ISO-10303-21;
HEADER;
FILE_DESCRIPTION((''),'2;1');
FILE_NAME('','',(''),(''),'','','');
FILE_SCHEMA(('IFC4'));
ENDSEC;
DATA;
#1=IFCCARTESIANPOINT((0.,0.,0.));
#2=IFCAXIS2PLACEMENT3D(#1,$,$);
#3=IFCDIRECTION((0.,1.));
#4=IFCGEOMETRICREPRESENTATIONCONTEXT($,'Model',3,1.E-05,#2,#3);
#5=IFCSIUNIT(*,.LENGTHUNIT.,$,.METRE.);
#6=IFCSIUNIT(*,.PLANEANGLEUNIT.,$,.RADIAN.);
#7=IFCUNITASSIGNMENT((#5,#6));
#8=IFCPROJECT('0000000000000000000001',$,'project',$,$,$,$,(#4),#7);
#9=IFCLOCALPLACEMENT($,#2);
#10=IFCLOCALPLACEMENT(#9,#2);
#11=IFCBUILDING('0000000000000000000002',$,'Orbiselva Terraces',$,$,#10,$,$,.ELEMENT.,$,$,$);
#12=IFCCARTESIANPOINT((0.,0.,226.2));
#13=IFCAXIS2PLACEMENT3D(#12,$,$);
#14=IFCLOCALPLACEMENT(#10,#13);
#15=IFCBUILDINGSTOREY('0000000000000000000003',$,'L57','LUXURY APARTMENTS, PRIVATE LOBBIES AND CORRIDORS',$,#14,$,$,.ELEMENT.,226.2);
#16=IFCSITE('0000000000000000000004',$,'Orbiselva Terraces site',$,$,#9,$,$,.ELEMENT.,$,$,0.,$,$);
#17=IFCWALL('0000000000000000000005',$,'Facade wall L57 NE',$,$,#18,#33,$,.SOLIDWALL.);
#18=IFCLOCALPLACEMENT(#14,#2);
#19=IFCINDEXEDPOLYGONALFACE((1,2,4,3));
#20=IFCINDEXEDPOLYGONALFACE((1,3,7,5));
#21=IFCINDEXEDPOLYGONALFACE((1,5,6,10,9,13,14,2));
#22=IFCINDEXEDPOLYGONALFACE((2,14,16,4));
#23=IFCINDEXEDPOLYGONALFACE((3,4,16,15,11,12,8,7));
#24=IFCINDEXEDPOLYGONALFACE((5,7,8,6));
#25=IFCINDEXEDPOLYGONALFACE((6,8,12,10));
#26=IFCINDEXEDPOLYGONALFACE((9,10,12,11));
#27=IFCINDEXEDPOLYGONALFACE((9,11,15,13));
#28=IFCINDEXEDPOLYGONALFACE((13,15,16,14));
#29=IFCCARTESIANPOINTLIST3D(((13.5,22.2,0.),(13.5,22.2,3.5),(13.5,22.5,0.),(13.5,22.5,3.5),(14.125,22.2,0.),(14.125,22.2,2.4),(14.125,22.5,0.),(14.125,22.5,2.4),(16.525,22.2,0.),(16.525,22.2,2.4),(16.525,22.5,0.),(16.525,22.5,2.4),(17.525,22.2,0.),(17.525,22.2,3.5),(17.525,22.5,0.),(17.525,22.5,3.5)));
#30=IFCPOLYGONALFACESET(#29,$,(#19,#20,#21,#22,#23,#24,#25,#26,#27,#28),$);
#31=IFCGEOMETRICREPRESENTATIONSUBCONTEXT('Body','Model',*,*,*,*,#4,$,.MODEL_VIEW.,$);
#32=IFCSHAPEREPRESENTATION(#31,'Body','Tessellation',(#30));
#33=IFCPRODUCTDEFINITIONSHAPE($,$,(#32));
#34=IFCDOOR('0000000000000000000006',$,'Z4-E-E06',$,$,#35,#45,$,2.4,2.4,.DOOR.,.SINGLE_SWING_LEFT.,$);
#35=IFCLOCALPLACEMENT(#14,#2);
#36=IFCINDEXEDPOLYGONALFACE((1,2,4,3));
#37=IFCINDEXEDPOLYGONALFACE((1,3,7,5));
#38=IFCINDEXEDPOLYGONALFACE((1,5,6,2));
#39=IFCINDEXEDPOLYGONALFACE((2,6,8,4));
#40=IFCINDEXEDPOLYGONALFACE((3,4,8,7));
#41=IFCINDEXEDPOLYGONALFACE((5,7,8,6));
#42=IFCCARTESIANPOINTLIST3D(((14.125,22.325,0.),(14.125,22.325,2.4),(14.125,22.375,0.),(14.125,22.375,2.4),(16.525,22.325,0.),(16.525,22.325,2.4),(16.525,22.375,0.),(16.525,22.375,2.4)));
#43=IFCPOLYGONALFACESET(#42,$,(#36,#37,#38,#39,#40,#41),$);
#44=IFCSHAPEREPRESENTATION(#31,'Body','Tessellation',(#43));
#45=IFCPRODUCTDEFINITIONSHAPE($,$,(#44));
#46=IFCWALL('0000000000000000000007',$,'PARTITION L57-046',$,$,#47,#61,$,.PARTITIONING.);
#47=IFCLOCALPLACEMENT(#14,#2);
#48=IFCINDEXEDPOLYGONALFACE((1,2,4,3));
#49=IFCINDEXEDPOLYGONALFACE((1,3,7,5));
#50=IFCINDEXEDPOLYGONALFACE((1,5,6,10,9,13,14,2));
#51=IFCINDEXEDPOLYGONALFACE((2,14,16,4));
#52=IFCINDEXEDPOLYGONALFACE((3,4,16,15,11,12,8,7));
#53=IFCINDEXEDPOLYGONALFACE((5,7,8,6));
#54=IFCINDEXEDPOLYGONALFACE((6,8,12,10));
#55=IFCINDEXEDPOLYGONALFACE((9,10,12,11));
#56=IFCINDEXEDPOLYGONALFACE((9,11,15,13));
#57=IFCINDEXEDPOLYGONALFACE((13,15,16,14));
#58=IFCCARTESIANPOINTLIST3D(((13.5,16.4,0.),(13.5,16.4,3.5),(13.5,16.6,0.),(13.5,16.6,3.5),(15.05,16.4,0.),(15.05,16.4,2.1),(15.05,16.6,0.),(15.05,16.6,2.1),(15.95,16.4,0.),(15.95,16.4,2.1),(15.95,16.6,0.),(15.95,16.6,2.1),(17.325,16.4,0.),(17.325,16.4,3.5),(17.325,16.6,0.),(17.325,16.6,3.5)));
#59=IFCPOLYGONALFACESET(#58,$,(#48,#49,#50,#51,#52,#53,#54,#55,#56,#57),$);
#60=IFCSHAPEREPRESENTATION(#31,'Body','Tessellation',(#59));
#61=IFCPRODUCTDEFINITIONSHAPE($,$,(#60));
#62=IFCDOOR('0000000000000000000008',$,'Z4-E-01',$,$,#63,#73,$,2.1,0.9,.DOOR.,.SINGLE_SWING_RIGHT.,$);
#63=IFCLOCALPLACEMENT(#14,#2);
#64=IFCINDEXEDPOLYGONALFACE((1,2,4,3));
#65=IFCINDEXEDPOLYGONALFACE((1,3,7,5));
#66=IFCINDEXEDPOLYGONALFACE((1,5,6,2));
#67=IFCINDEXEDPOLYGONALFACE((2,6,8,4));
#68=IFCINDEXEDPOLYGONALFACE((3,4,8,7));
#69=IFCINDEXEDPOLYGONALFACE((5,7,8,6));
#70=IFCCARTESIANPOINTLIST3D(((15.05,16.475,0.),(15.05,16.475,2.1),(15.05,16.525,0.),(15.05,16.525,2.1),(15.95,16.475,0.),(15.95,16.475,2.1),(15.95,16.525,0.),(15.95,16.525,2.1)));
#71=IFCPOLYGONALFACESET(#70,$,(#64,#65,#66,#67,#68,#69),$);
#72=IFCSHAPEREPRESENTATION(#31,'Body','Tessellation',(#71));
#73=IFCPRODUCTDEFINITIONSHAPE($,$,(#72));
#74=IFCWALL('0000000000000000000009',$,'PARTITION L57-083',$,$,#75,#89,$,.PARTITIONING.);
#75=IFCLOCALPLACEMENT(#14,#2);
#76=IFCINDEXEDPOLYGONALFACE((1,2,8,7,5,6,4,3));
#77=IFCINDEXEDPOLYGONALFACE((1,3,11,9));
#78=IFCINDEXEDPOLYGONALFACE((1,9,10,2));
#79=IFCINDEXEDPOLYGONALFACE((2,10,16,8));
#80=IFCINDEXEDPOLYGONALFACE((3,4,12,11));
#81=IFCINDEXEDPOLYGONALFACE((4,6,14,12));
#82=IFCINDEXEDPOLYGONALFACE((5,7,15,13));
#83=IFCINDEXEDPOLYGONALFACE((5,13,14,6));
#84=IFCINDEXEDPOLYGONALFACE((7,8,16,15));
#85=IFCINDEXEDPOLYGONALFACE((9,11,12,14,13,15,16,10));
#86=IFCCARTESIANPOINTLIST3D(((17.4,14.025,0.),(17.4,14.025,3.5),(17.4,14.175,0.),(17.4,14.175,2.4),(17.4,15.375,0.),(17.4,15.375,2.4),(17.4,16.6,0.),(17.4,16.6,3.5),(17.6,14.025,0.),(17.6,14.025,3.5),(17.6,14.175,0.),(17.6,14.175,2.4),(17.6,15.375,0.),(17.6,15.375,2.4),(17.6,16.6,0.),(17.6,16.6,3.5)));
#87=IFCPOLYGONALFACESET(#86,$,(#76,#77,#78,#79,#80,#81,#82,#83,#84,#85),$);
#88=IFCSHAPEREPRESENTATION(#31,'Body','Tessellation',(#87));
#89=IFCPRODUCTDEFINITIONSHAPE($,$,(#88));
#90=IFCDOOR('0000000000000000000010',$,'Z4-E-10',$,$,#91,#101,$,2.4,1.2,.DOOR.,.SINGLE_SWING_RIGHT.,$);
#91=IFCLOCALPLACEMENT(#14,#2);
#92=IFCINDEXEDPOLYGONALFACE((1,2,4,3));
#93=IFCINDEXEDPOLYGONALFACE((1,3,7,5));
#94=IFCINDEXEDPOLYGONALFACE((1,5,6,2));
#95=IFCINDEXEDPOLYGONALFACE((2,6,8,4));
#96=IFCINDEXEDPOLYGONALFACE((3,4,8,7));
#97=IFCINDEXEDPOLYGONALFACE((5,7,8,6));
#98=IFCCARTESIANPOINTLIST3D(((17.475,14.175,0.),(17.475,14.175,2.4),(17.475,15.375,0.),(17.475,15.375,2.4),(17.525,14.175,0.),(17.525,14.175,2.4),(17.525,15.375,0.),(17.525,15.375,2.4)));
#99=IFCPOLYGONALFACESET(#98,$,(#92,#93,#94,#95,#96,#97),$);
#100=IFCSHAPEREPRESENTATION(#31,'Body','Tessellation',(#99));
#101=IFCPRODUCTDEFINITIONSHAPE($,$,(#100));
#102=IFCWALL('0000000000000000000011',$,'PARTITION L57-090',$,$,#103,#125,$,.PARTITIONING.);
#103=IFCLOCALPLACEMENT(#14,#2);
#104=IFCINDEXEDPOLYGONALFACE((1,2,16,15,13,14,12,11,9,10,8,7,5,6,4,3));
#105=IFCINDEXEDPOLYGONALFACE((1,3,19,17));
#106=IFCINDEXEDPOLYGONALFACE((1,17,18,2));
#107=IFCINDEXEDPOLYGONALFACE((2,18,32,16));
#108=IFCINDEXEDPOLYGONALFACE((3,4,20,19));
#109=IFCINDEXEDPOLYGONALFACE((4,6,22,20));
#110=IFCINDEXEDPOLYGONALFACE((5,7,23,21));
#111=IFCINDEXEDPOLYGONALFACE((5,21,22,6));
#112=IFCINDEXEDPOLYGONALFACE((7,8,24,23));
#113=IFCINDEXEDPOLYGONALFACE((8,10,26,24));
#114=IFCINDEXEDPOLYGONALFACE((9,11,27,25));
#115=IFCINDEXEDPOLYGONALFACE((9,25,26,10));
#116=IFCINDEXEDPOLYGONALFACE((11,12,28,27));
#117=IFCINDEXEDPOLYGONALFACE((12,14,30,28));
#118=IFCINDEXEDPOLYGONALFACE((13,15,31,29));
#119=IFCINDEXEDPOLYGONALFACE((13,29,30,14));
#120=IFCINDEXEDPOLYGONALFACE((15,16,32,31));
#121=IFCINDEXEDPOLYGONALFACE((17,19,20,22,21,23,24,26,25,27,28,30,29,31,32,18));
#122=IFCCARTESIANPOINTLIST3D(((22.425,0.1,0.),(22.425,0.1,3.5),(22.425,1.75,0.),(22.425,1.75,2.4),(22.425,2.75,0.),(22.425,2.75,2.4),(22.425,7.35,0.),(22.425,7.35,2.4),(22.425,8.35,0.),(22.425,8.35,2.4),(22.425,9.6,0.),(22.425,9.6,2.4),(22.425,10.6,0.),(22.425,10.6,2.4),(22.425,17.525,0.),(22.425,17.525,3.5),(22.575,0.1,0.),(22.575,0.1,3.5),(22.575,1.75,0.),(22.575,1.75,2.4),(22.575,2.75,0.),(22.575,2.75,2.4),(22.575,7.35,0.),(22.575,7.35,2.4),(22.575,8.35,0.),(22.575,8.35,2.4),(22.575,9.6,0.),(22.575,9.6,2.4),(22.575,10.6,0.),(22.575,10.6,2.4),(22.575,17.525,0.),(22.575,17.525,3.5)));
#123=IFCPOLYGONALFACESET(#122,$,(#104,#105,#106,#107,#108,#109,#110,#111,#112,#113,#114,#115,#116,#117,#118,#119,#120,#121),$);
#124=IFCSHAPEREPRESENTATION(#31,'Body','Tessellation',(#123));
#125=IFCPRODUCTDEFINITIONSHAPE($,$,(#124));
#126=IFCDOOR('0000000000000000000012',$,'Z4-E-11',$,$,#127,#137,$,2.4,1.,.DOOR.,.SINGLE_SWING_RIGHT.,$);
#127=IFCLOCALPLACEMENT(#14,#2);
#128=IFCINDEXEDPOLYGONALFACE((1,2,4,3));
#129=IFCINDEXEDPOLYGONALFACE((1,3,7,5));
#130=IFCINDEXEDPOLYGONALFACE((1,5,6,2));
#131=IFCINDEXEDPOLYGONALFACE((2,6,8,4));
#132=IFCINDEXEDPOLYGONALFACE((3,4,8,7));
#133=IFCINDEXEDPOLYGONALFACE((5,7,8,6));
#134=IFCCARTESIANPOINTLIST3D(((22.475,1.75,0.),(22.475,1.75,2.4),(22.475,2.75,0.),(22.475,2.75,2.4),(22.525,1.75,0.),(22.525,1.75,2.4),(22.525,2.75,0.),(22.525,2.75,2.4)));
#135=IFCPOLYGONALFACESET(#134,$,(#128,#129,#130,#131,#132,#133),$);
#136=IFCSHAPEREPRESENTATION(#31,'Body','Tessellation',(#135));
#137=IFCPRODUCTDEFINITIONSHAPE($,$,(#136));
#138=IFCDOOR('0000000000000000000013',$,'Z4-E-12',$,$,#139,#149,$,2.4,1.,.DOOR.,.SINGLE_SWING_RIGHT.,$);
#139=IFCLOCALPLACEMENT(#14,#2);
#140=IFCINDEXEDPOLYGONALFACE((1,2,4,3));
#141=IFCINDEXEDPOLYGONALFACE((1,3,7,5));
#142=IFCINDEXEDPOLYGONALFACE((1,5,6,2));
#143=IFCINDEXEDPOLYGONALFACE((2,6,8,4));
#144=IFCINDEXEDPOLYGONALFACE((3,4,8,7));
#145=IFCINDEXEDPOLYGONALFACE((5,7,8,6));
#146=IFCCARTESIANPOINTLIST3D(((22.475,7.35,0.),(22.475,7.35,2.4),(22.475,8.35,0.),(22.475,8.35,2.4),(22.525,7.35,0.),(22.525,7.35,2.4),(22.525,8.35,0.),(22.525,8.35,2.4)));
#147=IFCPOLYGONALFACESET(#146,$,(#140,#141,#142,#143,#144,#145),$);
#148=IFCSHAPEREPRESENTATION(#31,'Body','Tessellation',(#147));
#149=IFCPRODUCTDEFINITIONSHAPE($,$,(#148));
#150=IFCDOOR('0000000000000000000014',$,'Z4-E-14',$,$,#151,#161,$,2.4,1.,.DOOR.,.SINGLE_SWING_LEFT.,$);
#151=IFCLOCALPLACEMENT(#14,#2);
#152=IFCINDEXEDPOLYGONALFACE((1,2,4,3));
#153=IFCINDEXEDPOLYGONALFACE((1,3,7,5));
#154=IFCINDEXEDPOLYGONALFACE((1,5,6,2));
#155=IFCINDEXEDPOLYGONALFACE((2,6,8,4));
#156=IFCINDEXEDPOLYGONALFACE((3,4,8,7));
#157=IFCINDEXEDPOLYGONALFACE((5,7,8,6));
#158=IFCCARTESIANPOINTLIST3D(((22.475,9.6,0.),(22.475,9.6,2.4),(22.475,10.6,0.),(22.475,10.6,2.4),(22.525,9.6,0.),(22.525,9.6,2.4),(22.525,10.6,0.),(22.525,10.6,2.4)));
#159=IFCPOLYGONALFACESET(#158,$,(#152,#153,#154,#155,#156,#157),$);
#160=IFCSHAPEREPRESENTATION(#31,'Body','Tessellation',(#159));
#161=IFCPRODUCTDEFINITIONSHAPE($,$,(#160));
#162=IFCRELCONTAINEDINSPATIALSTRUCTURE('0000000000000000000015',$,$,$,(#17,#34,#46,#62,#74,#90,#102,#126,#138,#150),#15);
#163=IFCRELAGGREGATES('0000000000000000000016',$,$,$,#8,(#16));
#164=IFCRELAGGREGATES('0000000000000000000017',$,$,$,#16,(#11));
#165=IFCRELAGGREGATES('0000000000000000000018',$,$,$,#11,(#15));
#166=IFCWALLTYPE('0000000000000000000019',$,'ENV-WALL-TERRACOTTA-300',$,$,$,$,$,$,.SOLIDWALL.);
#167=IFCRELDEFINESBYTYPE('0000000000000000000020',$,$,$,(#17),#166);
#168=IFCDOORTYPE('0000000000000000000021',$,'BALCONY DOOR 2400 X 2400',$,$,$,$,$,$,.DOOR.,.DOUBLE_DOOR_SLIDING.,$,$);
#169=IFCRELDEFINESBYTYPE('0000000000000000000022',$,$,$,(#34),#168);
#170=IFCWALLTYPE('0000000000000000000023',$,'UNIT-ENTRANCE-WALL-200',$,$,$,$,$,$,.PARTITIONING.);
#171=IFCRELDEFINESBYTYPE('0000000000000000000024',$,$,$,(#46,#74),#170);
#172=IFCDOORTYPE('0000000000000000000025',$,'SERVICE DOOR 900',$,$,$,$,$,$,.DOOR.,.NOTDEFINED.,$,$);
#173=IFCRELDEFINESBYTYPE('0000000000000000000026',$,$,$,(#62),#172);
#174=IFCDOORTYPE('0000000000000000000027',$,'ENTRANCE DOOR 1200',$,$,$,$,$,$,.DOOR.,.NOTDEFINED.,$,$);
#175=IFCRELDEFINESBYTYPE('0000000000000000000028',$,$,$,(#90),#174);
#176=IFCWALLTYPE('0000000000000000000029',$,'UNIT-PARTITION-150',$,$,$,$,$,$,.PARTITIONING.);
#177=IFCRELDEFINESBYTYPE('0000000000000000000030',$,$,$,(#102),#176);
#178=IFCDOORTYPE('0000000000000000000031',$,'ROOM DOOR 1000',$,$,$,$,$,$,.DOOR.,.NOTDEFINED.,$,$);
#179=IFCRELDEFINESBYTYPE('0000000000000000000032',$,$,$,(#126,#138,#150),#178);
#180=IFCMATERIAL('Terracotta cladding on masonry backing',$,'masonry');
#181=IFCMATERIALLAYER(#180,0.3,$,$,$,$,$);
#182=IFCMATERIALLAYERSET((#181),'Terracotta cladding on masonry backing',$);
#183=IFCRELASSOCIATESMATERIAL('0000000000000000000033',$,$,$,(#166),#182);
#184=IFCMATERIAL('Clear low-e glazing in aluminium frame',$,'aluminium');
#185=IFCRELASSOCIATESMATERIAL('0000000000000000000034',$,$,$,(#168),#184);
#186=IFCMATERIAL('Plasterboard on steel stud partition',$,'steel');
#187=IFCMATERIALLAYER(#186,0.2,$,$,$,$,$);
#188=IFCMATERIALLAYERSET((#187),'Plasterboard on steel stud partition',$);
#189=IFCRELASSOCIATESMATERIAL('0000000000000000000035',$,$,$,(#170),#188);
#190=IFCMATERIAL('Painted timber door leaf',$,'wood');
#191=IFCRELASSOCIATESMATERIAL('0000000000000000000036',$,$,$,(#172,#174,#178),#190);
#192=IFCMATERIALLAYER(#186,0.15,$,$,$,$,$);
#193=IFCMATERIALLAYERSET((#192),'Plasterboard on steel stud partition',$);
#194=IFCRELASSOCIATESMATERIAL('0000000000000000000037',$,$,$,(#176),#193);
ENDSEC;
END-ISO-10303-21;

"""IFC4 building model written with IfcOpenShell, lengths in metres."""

from ifc_helpers import new_model, si_unit, direction, frame, frame_2d, origin, place, context, subcontext, project, spatial, rectangle, extrude, material, layer, layer_set, type_object, element, fill, save


model = new_model("IFC4")

# Units and contexts
model_context = context("Model", 3, precision=1e-05, world=origin(), true_north=direction((0.0, 1.0)))
body_context = subcontext(model_context, "Body", "Model", "MODEL_VIEW")
ifc_project = project(units=[si_unit("LENGTHUNIT", "METRE"), si_unit("PLANEANGLEUNIT", "RADIAN")], contexts=[model_context])

# Site, building, storey
site_placement = place(None, origin())
site = spatial("IfcSite", under=ifc_project, at=site_placement, Name="Orbiselva Terraces site", CompositionType="ELEMENT", RefElevation=0.0)
building_placement = place(site_placement, origin())
building = spatial("IfcBuilding", under=site, at=building_placement, Name="Orbiselva Terraces", CompositionType="ELEMENT")
storey_placement = place(building_placement, frame((0.0, 0.0, 226.2)))
storey = spatial("IfcBuildingStorey", under=building, at=storey_placement, Name="L57", Description="LUXURY APARTMENTS, PRIVATE LOBBIES AND CORRIDORS", CompositionType="ELEMENT", Elevation=226.2)

# Shared definitions
ifc_material_1 = material(Name="Terracotta cladding on masonry backing", Category="masonry")
ifc_layer_1 = layer(ifc_material_1, 0.3)
ifc_layer_set_1 = layer_set([ifc_layer_1], Name="Terracotta cladding on masonry backing")
wall_type_1 = type_object("IfcWallType", Name="ENV-WALL-TERRACOTTA-300", PredefinedType="SOLIDWALL", material=ifc_layer_set_1)
ifc_material_2 = material(Name="Clear low-e glazing in aluminium frame", Category="aluminium")

# Walls, openings, doors
wall_1_placement = place(storey_placement, frame((13.5, 22.35, 0.0), z_axis=(0.0, 0.0, 1.0), x_axis=(1.0, 0.0, 0.0)))
wall_1 = element("IfcWall", 1, at=wall_1_placement, inside=storey, type_object=wall_type_1, Name="Facade wall L57 NE", PredefinedType="SOLIDWALL", context=body_context, shape_type="SweptSolid", body=[
    extrude(rectangle(XDim=4.025, YDim=0.3, at=frame_2d((2.0125, 0.0))), origin(), (0.0, 0.0, 1.0), 3.5),
])
opening_1_placement = place(wall_1_placement, frame((0.625, 0.0, 0.0)))
opening_1 = element("IfcOpeningElement", 2, at=opening_1_placement, cuts=wall_1, PredefinedType="OPENING", context=body_context, shape_type="SweptSolid", body=[
    extrude(rectangle(XDim=2.4, YDim=2.4, at=frame_2d((1.2, 1.2))), frame((0.0, 0.16, 0.0), z_axis=(0.0, -1.0, 0.0), x_axis=(1.0, 0.0, 0.0)), (0.0, 0.0, 1.0), 0.32),
])
door_type_1 = type_object("IfcDoorType", Name="BALCONY DOOR 2400 X 2400", OperationType="DOUBLE_DOOR_SLIDING", PredefinedType="DOOR", material=ifc_material_2)
door_1_placement = place(opening_1_placement, origin())
door_1 = element("IfcDoor", 3, at=door_1_placement, inside=storey, type_object=door_type_1, Name="Z4-E-E06", OperationType="SINGLE_SWING_LEFT", OverallHeight=2.4, OverallWidth=2.4, PredefinedType="DOOR", context=body_context, shape_type="SweptSolid", body=[
    extrude(rectangle(XDim=2.4, YDim=2.4, at=frame_2d((1.2, 1.2))), frame((0.0, 0.025, 0.0), z_axis=(0.0, -1.0, 0.0), x_axis=(1.0, 0.0, 0.0)), (0.0, 0.0, 1.0), 0.05),
])
fill(opening_1, door_1)
ifc_material_3 = material(Name="Plasterboard on steel stud partition", Category="steel")
ifc_layer_2 = layer(ifc_material_3, 0.2)
ifc_layer_set_2 = layer_set([ifc_layer_2], Name="Plasterboard on steel stud partition")
wall_type_2 = type_object("IfcWallType", Name="UNIT-ENTRANCE-WALL-200", PredefinedType="PARTITIONING", material=ifc_layer_set_2)
wall_2_placement = place(storey_placement, frame((13.5, 16.5, 0.0), z_axis=(0.0, 0.0, 1.0), x_axis=(1.0, 0.0, 0.0)))
wall_2 = element("IfcWall", 4, at=wall_2_placement, inside=storey, type_object=wall_type_2, Name="PARTITION L57-046", PredefinedType="PARTITIONING", context=body_context, shape_type="SweptSolid", body=[
    extrude(rectangle(XDim=3.825, YDim=0.2, at=frame_2d((1.9125, 0.0))), origin(), (0.0, 0.0, 1.0), 3.5),
])
opening_2_placement = place(wall_2_placement, frame((1.55, 0.0, 0.0)))
opening_2 = element("IfcOpeningElement", 5, at=opening_2_placement, cuts=wall_2, PredefinedType="OPENING", context=body_context, shape_type="SweptSolid", body=[
    extrude(rectangle(XDim=0.9, YDim=2.1, at=frame_2d((0.45, 1.05))), frame((0.0, 0.11, 0.0), z_axis=(0.0, -1.0, 0.0), x_axis=(1.0, 0.0, 0.0)), (0.0, 0.0, 1.0), 0.22),
])
ifc_material_4 = material(Name="Painted timber door leaf", Category="wood")
door_type_2 = type_object("IfcDoorType", Name="SERVICE DOOR 900", OperationType="NOTDEFINED", PredefinedType="DOOR", material=ifc_material_4)
door_2_placement = place(opening_2_placement, origin())
door_2 = element("IfcDoor", 6, at=door_2_placement, inside=storey, type_object=door_type_2, Name="Z4-E-01", OperationType="SINGLE_SWING_RIGHT", OverallHeight=2.1, OverallWidth=0.9, PredefinedType="DOOR", context=body_context, shape_type="SweptSolid", body=[
    extrude(rectangle(XDim=0.9, YDim=2.1, at=frame_2d((0.45, 1.05))), frame((0.0, 0.025, 0.0), z_axis=(0.0, -1.0, 0.0), x_axis=(1.0, 0.0, 0.0)), (0.0, 0.0, 1.0), 0.05),
])
fill(opening_2, door_2)
wall_3_placement = place(storey_placement, frame((17.5, 16.6, 0.0), z_axis=(0.0, 0.0, 1.0), x_axis=(0.0, -1.0, 0.0)))
wall_3 = element("IfcWall", 7, at=wall_3_placement, inside=storey, type_object=wall_type_2, Name="PARTITION L57-083", PredefinedType="PARTITIONING", context=body_context, shape_type="SweptSolid", body=[
    extrude(rectangle(XDim=2.575, YDim=0.2, at=frame_2d((1.2875, 0.0))), origin(), (0.0, 0.0, 1.0), 3.5),
])
opening_3_placement = place(wall_3_placement, frame((1.225, 0.0, 0.0)))
opening_3 = element("IfcOpeningElement", 8, at=opening_3_placement, cuts=wall_3, PredefinedType="OPENING", context=body_context, shape_type="SweptSolid", body=[
    extrude(rectangle(XDim=1.2, YDim=2.4, at=frame_2d((0.6, 1.2))), frame((0.0, 0.11, 0.0), z_axis=(0.0, -1.0, 0.0), x_axis=(1.0, 0.0, 0.0)), (0.0, 0.0, 1.0), 0.22),
])
door_type_3 = type_object("IfcDoorType", Name="ENTRANCE DOOR 1200", OperationType="NOTDEFINED", PredefinedType="DOOR", material=ifc_material_4)
door_3_placement = place(opening_3_placement, origin())
door_3 = element("IfcDoor", 9, at=door_3_placement, inside=storey, type_object=door_type_3, Name="Z4-E-10", OperationType="SINGLE_SWING_RIGHT", OverallHeight=2.4, OverallWidth=1.2, PredefinedType="DOOR", context=body_context, shape_type="SweptSolid", body=[
    extrude(rectangle(XDim=1.2, YDim=2.4, at=frame_2d((0.6, 1.2))), frame((0.0, 0.025, 0.0), z_axis=(0.0, -1.0, 0.0), x_axis=(1.0, 0.0, 0.0)), (0.0, 0.0, 1.0), 0.05),
])
fill(opening_3, door_3)

# Wall, openings, doors
ifc_layer_3 = layer(ifc_material_3, 0.15)
ifc_layer_set_3 = layer_set([ifc_layer_3], Name="Plasterboard on steel stud partition")
wall_type_3 = type_object("IfcWallType", Name="UNIT-PARTITION-150", PredefinedType="PARTITIONING", material=ifc_layer_set_3)
wall_4_placement = place(storey_placement, frame((22.5, 17.525, 0.0), z_axis=(0.0, 0.0, 1.0), x_axis=(0.0, -1.0, 0.0)))
wall_4 = element("IfcWall", 10, at=wall_4_placement, inside=storey, type_object=wall_type_3, Name="PARTITION L57-090", PredefinedType="PARTITIONING", context=body_context, shape_type="SweptSolid", body=[
    extrude(rectangle(XDim=17.425, YDim=0.15, at=frame_2d((8.7125, 0.0))), origin(), (0.0, 0.0, 1.0), 3.5),
])
opening_4_placement = place(wall_4_placement, frame((14.775, 0.0, 0.0)))
opening_4 = element("IfcOpeningElement", 11, at=opening_4_placement, cuts=wall_4, PredefinedType="OPENING", context=body_context, shape_type="SweptSolid", body=[
    extrude(rectangle(XDim=1.0, YDim=2.4, at=frame_2d((0.5, 1.2))), frame((0.0, 0.085, 0.0), z_axis=(0.0, -1.0, 0.0), x_axis=(1.0, 0.0, 0.0)), (0.0, 0.0, 1.0), 0.17),
])
opening_5_placement = place(wall_4_placement, frame((9.175, 0.0, 0.0)))
opening_5 = element("IfcOpeningElement", 12, at=opening_5_placement, cuts=wall_4, PredefinedType="OPENING", context=body_context, shape_type="SweptSolid", body=[
    extrude(rectangle(XDim=1.0, YDim=2.4, at=frame_2d((0.5, 1.2))), frame((0.0, 0.085, 0.0), z_axis=(0.0, -1.0, 0.0), x_axis=(1.0, 0.0, 0.0)), (0.0, 0.0, 1.0), 0.17),
])
opening_6_placement = place(wall_4_placement, frame((6.925, 0.0, 0.0)))
opening_6 = element("IfcOpeningElement", 13, at=opening_6_placement, cuts=wall_4, PredefinedType="OPENING", context=body_context, shape_type="SweptSolid", body=[
    extrude(rectangle(XDim=1.0, YDim=2.4, at=frame_2d((0.5, 1.2))), frame((0.0, 0.085, 0.0), z_axis=(0.0, -1.0, 0.0), x_axis=(1.0, 0.0, 0.0)), (0.0, 0.0, 1.0), 0.17),
])
door_type_4 = type_object("IfcDoorType", Name="ROOM DOOR 1000", OperationType="NOTDEFINED", PredefinedType="DOOR", material=ifc_material_4)
door_4_placement = place(opening_4_placement, origin())
door_4 = element("IfcDoor", 14, at=door_4_placement, inside=storey, type_object=door_type_4, Name="Z4-E-11", OperationType="SINGLE_SWING_RIGHT", OverallHeight=2.4, OverallWidth=1.0, PredefinedType="DOOR", context=body_context, shape_type="SweptSolid", body=[
    extrude(rectangle(XDim=1.0, YDim=2.4, at=frame_2d((0.5, 1.2))), frame((0.0, 0.025, 0.0), z_axis=(0.0, -1.0, 0.0), x_axis=(1.0, 0.0, 0.0)), (0.0, 0.0, 1.0), 0.05),
])
fill(opening_4, door_4)
door_5_placement = place(opening_5_placement, origin())
door_5 = element("IfcDoor", 15, at=door_5_placement, inside=storey, type_object=door_type_4, Name="Z4-E-12", OperationType="SINGLE_SWING_RIGHT", OverallHeight=2.4, OverallWidth=1.0, PredefinedType="DOOR", context=body_context, shape_type="SweptSolid", body=[
    extrude(rectangle(XDim=1.0, YDim=2.4, at=frame_2d((0.5, 1.2))), frame((0.0, 0.025, 0.0), z_axis=(0.0, -1.0, 0.0), x_axis=(1.0, 0.0, 0.0)), (0.0, 0.0, 1.0), 0.05),
])
fill(opening_5, door_5)
door_6_placement = place(opening_6_placement, origin())
door_6 = element("IfcDoor", 16, at=door_6_placement, inside=storey, type_object=door_type_4, Name="Z4-E-14", OperationType="SINGLE_SWING_LEFT", OverallHeight=2.4, OverallWidth=1.0, PredefinedType="DOOR", context=body_context, shape_type="SweptSolid", body=[
    extrude(rectangle(XDim=1.0, YDim=2.4, at=frame_2d((0.5, 1.2))), frame((0.0, 0.025, 0.0), z_axis=(0.0, -1.0, 0.0), x_axis=(1.0, 0.0, 0.0)), (0.0, 0.0, 1.0), 0.05),
])
fill(opening_6, door_6)

save(model, "model.ifc")
